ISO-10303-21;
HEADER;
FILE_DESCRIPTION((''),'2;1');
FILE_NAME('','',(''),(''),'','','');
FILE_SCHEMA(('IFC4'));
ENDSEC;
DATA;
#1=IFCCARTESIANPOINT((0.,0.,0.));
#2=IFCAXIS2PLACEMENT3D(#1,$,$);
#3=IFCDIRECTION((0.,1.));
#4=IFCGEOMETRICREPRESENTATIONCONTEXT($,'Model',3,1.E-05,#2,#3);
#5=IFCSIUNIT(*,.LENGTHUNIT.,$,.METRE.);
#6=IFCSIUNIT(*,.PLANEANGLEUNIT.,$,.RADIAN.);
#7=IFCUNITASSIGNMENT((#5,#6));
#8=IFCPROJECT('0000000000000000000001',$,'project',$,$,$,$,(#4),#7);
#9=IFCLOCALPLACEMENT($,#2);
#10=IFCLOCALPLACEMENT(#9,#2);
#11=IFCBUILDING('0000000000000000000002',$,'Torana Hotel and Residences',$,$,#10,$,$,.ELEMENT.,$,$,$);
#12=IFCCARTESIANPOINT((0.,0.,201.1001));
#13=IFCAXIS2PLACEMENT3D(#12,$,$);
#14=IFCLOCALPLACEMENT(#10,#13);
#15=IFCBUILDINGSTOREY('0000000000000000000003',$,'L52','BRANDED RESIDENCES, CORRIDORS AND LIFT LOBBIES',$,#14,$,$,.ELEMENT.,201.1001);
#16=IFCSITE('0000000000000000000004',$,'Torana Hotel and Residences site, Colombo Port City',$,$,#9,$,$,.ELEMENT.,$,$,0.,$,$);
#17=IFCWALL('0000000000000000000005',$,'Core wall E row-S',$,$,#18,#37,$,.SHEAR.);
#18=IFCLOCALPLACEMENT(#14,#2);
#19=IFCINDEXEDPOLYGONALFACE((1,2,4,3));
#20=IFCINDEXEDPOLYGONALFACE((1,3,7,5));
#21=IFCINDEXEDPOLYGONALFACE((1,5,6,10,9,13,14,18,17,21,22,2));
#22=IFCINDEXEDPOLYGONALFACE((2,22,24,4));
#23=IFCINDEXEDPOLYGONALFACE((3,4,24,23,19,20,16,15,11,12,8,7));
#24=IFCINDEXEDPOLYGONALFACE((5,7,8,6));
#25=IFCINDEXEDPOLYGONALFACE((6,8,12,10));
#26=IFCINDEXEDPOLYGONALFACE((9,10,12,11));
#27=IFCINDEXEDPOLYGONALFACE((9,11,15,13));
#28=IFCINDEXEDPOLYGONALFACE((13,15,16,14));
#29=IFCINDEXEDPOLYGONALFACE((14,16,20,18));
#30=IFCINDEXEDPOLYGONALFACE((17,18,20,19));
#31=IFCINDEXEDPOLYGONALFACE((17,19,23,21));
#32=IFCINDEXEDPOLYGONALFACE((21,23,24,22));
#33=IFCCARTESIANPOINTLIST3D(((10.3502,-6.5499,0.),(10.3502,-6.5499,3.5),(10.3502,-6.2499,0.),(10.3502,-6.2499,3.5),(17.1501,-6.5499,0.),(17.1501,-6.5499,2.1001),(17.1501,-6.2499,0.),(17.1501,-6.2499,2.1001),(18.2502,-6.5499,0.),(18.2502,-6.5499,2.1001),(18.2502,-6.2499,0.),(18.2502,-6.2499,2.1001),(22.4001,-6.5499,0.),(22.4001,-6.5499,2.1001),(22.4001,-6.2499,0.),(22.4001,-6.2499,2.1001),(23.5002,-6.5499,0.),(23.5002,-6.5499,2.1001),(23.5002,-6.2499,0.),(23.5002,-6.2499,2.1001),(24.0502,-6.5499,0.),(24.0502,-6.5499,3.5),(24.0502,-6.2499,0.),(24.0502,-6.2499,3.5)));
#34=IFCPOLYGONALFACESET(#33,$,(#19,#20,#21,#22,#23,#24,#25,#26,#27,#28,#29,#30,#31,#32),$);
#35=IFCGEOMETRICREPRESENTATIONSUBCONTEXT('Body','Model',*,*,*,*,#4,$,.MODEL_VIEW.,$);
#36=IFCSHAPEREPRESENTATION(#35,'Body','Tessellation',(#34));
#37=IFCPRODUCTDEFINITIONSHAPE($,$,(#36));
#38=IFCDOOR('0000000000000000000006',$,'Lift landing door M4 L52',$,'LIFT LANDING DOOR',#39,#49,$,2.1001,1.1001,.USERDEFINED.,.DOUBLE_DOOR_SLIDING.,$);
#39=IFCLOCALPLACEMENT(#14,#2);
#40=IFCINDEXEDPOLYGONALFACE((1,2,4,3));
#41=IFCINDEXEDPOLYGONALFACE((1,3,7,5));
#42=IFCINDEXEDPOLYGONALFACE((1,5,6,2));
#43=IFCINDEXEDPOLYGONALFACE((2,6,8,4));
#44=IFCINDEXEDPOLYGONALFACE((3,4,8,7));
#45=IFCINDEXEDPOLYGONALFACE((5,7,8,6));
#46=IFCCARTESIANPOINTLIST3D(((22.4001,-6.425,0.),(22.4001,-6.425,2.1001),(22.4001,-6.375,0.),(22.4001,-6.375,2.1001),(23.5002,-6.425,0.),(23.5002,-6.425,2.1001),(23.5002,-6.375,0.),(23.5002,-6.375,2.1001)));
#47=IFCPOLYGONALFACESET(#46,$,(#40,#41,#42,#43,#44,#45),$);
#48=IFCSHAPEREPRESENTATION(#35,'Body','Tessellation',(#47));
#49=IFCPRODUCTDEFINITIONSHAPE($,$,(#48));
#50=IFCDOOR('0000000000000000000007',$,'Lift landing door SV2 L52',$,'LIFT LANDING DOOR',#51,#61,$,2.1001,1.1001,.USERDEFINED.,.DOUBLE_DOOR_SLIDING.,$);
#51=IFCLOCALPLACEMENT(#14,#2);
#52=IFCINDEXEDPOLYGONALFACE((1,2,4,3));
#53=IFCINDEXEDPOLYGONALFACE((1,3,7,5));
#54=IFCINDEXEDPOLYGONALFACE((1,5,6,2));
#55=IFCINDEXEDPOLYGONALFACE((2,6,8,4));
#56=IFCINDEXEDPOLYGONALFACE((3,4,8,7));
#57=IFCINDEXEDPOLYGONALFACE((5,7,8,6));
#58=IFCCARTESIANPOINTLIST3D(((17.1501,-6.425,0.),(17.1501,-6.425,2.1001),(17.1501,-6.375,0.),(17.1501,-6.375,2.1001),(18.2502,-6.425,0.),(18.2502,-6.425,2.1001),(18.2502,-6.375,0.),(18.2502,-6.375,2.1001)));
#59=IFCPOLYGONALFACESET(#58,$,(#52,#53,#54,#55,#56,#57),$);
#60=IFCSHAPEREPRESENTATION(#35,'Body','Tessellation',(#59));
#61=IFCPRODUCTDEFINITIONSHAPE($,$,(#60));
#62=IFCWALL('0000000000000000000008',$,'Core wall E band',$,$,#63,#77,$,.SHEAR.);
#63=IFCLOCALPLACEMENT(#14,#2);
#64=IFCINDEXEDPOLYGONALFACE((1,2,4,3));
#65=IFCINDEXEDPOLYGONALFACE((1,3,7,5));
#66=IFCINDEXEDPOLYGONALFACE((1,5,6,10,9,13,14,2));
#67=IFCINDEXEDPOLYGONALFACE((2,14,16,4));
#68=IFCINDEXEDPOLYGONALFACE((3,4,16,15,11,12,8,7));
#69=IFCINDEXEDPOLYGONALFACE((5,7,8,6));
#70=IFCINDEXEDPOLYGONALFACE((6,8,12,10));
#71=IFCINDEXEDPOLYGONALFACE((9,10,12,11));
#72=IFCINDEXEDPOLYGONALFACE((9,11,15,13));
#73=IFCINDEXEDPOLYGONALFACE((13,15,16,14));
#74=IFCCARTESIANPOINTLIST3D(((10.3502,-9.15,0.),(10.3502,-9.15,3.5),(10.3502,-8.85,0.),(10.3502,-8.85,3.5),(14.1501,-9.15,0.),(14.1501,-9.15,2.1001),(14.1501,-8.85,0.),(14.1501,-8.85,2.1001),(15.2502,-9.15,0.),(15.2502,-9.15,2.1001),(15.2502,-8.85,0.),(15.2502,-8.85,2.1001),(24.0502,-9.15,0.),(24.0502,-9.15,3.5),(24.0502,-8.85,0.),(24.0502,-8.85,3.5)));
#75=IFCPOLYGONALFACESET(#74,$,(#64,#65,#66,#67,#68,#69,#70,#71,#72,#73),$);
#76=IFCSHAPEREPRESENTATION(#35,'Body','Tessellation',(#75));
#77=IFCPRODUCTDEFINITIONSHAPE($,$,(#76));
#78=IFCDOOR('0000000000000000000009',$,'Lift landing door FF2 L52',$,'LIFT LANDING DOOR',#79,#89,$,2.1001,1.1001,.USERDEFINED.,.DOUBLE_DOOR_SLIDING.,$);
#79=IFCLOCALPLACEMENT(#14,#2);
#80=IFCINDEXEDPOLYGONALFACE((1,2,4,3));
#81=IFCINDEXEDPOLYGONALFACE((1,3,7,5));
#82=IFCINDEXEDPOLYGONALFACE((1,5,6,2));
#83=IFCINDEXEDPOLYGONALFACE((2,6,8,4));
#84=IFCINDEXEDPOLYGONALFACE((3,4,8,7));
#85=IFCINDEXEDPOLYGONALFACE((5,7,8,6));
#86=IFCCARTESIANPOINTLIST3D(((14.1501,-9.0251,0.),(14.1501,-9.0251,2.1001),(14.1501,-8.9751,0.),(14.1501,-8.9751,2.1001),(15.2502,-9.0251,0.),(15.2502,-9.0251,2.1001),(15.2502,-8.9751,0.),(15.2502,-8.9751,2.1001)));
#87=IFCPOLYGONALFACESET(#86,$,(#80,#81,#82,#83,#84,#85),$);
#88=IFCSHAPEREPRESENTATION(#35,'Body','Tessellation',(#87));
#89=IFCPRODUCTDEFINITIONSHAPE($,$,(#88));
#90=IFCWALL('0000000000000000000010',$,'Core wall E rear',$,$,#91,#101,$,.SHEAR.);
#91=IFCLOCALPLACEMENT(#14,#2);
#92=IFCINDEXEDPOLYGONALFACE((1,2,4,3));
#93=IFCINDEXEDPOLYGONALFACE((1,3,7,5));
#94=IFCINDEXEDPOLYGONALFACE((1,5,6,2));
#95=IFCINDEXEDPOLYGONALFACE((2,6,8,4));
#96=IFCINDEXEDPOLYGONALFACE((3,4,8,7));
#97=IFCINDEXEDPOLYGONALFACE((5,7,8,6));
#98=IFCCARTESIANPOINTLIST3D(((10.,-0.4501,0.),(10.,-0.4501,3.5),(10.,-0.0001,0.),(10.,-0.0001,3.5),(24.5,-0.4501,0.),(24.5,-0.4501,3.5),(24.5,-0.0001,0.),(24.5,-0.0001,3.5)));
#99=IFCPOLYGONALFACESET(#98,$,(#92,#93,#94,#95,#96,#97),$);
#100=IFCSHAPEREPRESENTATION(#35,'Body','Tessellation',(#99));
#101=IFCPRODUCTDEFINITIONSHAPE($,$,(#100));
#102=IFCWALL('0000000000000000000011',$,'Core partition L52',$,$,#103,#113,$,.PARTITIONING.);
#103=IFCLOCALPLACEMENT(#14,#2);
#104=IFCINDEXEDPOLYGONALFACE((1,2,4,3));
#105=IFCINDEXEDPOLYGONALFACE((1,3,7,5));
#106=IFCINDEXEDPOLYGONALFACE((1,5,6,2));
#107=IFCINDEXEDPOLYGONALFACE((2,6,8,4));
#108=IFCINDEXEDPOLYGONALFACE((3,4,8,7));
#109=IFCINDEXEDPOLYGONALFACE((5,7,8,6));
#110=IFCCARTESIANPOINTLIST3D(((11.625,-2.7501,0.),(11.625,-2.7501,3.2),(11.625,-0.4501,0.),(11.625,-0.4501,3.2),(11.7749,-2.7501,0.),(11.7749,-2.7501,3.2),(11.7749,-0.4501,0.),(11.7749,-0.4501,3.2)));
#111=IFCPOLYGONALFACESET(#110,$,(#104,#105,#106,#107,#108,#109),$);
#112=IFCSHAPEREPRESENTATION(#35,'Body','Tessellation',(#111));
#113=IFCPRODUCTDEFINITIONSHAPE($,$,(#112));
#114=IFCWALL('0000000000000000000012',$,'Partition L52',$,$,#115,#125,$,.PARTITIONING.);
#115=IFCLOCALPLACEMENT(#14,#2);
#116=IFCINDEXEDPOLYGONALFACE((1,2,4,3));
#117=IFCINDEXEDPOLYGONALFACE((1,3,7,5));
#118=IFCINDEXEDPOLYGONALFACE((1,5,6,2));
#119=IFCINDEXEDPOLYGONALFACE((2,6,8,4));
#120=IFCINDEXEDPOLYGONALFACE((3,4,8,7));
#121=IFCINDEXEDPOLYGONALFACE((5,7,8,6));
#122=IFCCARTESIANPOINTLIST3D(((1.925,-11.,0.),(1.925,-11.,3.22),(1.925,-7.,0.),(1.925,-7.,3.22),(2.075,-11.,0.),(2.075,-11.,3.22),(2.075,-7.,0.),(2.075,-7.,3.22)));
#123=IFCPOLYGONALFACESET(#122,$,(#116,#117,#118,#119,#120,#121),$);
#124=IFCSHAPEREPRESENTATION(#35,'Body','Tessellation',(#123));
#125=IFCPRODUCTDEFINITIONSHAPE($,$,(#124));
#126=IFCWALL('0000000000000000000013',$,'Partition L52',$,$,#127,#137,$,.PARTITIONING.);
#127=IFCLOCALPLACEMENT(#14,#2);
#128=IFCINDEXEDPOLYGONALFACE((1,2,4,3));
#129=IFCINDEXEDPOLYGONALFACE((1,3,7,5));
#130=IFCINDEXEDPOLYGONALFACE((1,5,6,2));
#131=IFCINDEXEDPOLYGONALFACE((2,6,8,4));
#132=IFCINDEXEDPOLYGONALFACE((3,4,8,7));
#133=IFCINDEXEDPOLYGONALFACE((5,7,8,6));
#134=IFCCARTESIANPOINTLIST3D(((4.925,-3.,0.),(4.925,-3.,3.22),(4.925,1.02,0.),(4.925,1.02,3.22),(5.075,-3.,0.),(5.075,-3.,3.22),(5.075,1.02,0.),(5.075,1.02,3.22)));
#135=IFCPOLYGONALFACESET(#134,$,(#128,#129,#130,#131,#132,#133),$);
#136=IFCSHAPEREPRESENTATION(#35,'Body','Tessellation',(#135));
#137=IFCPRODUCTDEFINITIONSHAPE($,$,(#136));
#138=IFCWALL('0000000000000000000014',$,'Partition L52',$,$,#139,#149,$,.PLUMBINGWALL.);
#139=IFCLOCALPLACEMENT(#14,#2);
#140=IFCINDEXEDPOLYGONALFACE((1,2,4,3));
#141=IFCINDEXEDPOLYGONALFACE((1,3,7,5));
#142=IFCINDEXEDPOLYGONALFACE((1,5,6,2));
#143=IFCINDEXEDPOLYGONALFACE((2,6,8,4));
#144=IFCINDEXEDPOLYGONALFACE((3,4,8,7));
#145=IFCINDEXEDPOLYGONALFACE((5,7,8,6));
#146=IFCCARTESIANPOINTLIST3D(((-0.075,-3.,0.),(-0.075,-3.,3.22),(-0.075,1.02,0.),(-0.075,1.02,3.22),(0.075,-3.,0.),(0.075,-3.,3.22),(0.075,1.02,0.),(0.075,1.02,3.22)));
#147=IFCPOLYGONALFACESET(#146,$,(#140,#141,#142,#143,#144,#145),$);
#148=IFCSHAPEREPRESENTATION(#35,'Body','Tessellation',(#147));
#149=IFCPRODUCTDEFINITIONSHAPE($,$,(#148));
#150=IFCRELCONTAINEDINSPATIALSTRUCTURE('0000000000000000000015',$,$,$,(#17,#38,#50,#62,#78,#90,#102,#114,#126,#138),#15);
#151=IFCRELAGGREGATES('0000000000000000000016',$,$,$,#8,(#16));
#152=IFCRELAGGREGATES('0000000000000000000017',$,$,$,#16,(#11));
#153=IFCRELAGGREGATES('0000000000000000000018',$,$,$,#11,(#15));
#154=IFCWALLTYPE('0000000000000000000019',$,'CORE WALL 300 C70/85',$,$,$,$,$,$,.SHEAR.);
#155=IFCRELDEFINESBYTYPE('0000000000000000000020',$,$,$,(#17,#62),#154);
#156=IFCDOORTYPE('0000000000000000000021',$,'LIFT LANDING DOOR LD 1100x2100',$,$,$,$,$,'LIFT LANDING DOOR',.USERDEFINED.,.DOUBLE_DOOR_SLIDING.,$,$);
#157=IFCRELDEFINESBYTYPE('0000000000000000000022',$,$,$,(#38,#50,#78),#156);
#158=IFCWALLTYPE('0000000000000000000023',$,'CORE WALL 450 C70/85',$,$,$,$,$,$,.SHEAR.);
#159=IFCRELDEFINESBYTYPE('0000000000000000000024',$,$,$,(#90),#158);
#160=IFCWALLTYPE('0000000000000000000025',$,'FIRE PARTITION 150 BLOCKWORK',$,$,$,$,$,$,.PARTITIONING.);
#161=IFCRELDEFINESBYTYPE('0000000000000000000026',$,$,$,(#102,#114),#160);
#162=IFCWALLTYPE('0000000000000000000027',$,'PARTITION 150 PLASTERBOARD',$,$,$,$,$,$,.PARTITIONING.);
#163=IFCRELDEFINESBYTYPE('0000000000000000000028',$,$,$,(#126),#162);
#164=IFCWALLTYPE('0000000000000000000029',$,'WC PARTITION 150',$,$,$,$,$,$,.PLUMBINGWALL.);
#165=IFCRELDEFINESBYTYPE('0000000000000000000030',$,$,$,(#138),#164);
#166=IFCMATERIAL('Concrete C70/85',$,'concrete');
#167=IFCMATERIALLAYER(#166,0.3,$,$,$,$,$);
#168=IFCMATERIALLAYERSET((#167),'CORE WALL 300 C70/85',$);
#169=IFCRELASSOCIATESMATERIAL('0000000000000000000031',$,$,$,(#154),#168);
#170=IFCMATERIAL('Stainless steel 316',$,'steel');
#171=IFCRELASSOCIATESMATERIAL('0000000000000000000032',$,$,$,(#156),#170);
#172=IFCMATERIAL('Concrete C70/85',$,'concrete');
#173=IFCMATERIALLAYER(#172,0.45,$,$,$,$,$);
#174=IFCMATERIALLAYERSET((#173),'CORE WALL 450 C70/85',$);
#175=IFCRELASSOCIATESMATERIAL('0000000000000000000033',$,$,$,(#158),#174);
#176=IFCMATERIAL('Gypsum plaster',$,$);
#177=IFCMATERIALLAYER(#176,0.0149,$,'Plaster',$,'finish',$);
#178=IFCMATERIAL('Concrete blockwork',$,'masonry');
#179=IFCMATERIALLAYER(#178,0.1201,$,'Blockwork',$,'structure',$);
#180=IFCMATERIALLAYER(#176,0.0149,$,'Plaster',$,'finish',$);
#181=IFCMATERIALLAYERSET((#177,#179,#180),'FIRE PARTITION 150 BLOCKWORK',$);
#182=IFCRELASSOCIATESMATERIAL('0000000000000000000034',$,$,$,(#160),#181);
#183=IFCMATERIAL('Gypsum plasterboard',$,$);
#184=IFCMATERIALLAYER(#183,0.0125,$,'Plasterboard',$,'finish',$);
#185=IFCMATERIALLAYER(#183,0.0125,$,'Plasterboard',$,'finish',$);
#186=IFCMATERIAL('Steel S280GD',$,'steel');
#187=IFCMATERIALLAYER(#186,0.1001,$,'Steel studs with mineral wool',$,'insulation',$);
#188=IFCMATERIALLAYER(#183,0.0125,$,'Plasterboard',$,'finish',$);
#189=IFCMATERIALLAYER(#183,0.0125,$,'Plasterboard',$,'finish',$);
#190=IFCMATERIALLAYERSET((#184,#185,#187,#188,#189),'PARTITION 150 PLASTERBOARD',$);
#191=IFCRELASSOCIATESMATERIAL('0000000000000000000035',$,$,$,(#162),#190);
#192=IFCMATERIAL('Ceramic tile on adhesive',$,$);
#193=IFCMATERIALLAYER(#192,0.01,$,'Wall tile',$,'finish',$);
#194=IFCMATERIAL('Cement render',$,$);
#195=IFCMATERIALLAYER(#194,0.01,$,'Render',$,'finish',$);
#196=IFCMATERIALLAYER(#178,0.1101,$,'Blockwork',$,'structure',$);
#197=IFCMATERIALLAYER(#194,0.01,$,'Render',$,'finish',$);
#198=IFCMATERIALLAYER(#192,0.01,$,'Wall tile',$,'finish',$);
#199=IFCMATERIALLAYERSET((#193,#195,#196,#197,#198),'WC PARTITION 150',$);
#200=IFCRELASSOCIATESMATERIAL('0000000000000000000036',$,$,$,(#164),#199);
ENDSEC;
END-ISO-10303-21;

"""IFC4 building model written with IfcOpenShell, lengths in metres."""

from ifc_helpers import new_model, si_unit, direction, frame, frame_2d, origin, place, context, subcontext, project, spatial, rectangle, extrude, material, layer, layer_set, type_object, element, fill, save


model = new_model("IFC4")

# Units and contexts
model_context = context("Model", 3, precision=1e-05, world=origin(), true_north=direction((0.0, 1.0)))
body_context = subcontext(model_context, "Body", "Model", "MODEL_VIEW")
ifc_project = project(units=[si_unit("LENGTHUNIT", "METRE"), si_unit("PLANEANGLEUNIT", "RADIAN")], contexts=[model_context])

# Site, building, storey
site_placement = place(None, origin())
site = spatial("IfcSite", under=ifc_project, at=site_placement, Name="Torana Hotel and Residences site, Colombo Port City", CompositionType="ELEMENT", RefElevation=0.0)
building_placement = place(site_placement, origin())
building = spatial("IfcBuilding", under=site, at=building_placement, Name="Torana Hotel and Residences", CompositionType="ELEMENT")
storey_placement = place(building_placement, frame((0.0, 0.0, 201.1001)))
storey = spatial("IfcBuildingStorey", under=building, at=storey_placement, Name="L52", Description="BRANDED RESIDENCES, CORRIDORS AND LIFT LOBBIES", CompositionType="ELEMENT", Elevation=201.1001)

# Wall, openings, doors
ifc_material_1 = material(Name="Concrete C70/85", Category="concrete")
ifc_layer_1 = layer(ifc_material_1, 0.3)
ifc_layer_set_1 = layer_set([ifc_layer_1], Name="CORE WALL 300 C70/85")
wall_type_1 = type_object("IfcWallType", Name="CORE WALL 300 C70/85", PredefinedType="SHEAR", material=ifc_layer_set_1)
ifc_material_2 = material(Name="Stainless steel 316", Category="steel")
door_type_1 = type_object("IfcDoorType", Name="LIFT LANDING DOOR LD 1100x2100", ElementType="LIFT LANDING DOOR", OperationType="DOUBLE_DOOR_SLIDING", PredefinedType="USERDEFINED", material=ifc_material_2)
wall_1_placement = place(storey_placement, frame((10.3501, -6.3999, 0.0), z_axis=(0.0, 0.0, 1.0), x_axis=(1.0, 0.0, 0.0)))
wall_1 = element("IfcWall", 1, at=wall_1_placement, inside=storey, type_object=wall_type_1, Name="Core wall E row-S", PredefinedType="SHEAR", context=body_context, shape_type="SweptSolid", body=[
    extrude(rectangle(XDim=13.7, YDim=0.3, at=frame_2d((6.8501, 0.0))), origin(), (0.0, 0.0, 1.0), 3.5),
])
opening_1_placement = place(wall_1_placement, frame((12.05, 0.0, 0.0)))
opening_1 = element("IfcOpeningElement", 2, at=opening_1_placement, cuts=wall_1, PredefinedType="OPENING", context=body_context, shape_type="SweptSolid", body=[
    extrude(rectangle(XDim=1.1001, YDim=2.1001, at=frame_2d((0.55, 1.05))), frame((0.0, 0.1599, 0.0), z_axis=(0.0, -1.0, 0.0), x_axis=(1.0, 0.0, 0.0)), (0.0, 0.0, 1.0), 0.3201),
])
opening_2_placement = place(wall_1_placement, frame((6.8, 0.0, 0.0)))
opening_2 = element("IfcOpeningElement", 3, at=opening_2_placement, cuts=wall_1, PredefinedType="OPENING", context=body_context, shape_type="SweptSolid", body=[
    extrude(rectangle(XDim=1.1001, YDim=2.1001, at=frame_2d((0.55, 1.05))), frame((0.0, 0.1599, 0.0), z_axis=(0.0, -1.0, 0.0), x_axis=(1.0, 0.0, 0.0)), (0.0, 0.0, 1.0), 0.3201),
])
door_1_placement = place(opening_1_placement, origin())
door_1 = element("IfcDoor", 4, at=door_1_placement, inside=storey, type_object=door_type_1, Name="Lift landing door M4 L52", ObjectType="LIFT LANDING DOOR", OperationType="DOUBLE_DOOR_SLIDING", OverallHeight=2.1001, OverallWidth=1.1001, PredefinedType="USERDEFINED", context=body_context, shape_type="SweptSolid", body=[
    extrude(rectangle(XDim=1.1001, YDim=2.1001, at=frame_2d((0.55, 1.05))), frame((0.0, 0.0249, 0.0), z_axis=(0.0, -1.0, 0.0), x_axis=(1.0, 0.0, 0.0)), (0.0, 0.0, 1.0), 0.05),
])
fill(opening_1, door_1)
door_2_placement = place(opening_2_placement, origin())
door_2 = element("IfcDoor", 5, at=door_2_placement, inside=storey, type_object=door_type_1, Name="Lift landing door SV2 L52", ObjectType="LIFT LANDING DOOR", OperationType="DOUBLE_DOOR_SLIDING", OverallHeight=2.1001, OverallWidth=1.1001, PredefinedType="USERDEFINED", context=body_context, shape_type="SweptSolid", body=[
    extrude(rectangle(XDim=1.1001, YDim=2.1001, at=frame_2d((0.55, 1.05))), frame((0.0, 0.0249, 0.0), z_axis=(0.0, -1.0, 0.0), x_axis=(1.0, 0.0, 0.0)), (0.0, 0.0, 1.0), 0.05),
])
fill(opening_2, door_2)

# Wall, opening, door
wall_2_placement = place(storey_placement, frame((10.3501, -9.0, 0.0), z_axis=(0.0, 0.0, 1.0), x_axis=(1.0, 0.0, 0.0)))
wall_2 = element("IfcWall", 6, at=wall_2_placement, inside=storey, type_object=wall_type_1, Name="Core wall E band", PredefinedType="SHEAR", context=body_context, shape_type="SweptSolid", body=[
    extrude(rectangle(XDim=13.7, YDim=0.3, at=frame_2d((6.8501, 0.0))), origin(), (0.0, 0.0, 1.0), 3.5),
])
opening_3_placement = place(wall_2_placement, frame((3.8, 0.0, 0.0)))
opening_3 = element("IfcOpeningElement", 7, at=opening_3_placement, cuts=wall_2, PredefinedType="OPENING", context=body_context, shape_type="SweptSolid", body=[
    extrude(rectangle(XDim=1.1001, YDim=2.1001, at=frame_2d((0.55, 1.05))), frame((0.0, 0.1599, 0.0), z_axis=(0.0, -1.0, 0.0), x_axis=(1.0, 0.0, 0.0)), (0.0, 0.0, 1.0), 0.3201),
])
door_3_placement = place(opening_3_placement, origin())
door_3 = element("IfcDoor", 8, at=door_3_placement, inside=storey, type_object=door_type_1, Name="Lift landing door FF2 L52", ObjectType="LIFT LANDING DOOR", OperationType="DOUBLE_DOOR_SLIDING", OverallHeight=2.1001, OverallWidth=1.1001, PredefinedType="USERDEFINED", context=body_context, shape_type="SweptSolid", body=[
    extrude(rectangle(XDim=1.1001, YDim=2.1001, at=frame_2d((0.55, 1.05))), frame((0.0, 0.0249, 0.0), z_axis=(0.0, -1.0, 0.0), x_axis=(1.0, 0.0, 0.0)), (0.0, 0.0, 1.0), 0.05),
])
fill(opening_3, door_3)

# Walls
ifc_material_3 = material(Name="Concrete C70/85", Category="concrete")
ifc_layer_2 = layer(ifc_material_3, 0.45)
ifc_layer_set_2 = layer_set([ifc_layer_2], Name="CORE WALL 450 C70/85")
wall_type_2 = type_object("IfcWallType", Name="CORE WALL 450 C70/85", PredefinedType="SHEAR", material=ifc_layer_set_2)
wall_3_placement = place(storey_placement, frame((10.0, -0.2251, 0.0), z_axis=(0.0, 0.0, 1.0), x_axis=(1.0, 0.0, 0.0)))
element("IfcWall", 9, at=wall_3_placement, inside=storey, type_object=wall_type_2, Name="Core wall E rear", PredefinedType="SHEAR", context=body_context, shape_type="SweptSolid", body=[
    extrude(rectangle(XDim=14.5, YDim=0.45, at=frame_2d((7.25, 0.0))), origin(), (0.0, 0.0, 1.0), 3.5),
])
ifc_material_4 = material(Name="Gypsum plaster")
ifc_layer_3 = layer(ifc_material_4, 0.0149, Name="Plaster", Category="finish")
ifc_material_5 = material(Name="Concrete blockwork", Category="masonry")
ifc_layer_4 = layer(ifc_material_5, 0.1201, Name="Blockwork", Category="structure")
ifc_layer_5 = layer(ifc_material_4, 0.0149, Name="Plaster", Category="finish")
ifc_layer_set_3 = layer_set([ifc_layer_3, ifc_layer_4, ifc_layer_5], Name="FIRE PARTITION 150 BLOCKWORK")
wall_type_3 = type_object("IfcWallType", Name="FIRE PARTITION 150 BLOCKWORK", PredefinedType="PARTITIONING", material=ifc_layer_set_3)
wall_4_placement = place(storey_placement, frame((11.7, -2.75, 0.0), z_axis=(0.0, 0.0, 1.0), x_axis=(0.0, 1.0, 0.0)))
element("IfcWall", 10, at=wall_4_placement, inside=storey, type_object=wall_type_3, Name="Core partition L52", PredefinedType="PARTITIONING", context=body_context, shape_type="SweptSolid", body=[
    extrude(rectangle(XDim=2.3, YDim=0.1499, at=frame_2d((1.1499, 0.0))), origin(), (0.0, 0.0, 1.0), 3.2),
])
wall_5_placement = place(storey_placement, frame((2.0, -11.0, 0.0), z_axis=(0.0, 0.0, 1.0), x_axis=(0.0, 1.0, 0.0)))
element("IfcWall", 11, at=wall_5_placement, inside=storey, type_object=wall_type_3, Name="Partition L52", PredefinedType="PARTITIONING", context=body_context, shape_type="SweptSolid", body=[
    extrude(rectangle(XDim=4.0, YDim=0.1499, at=frame_2d((2.0, 0.0))), origin(), (0.0, 0.0, 1.0), 3.22),
])
ifc_material_6 = material(Name="Gypsum plasterboard")
ifc_layer_6 = layer(ifc_material_6, 0.0125, Name="Plasterboard", Category="finish")
ifc_layer_7 = layer(ifc_material_6, 0.0125, Name="Plasterboard", Category="finish")
ifc_material_7 = material(Name="Steel S280GD", Category="steel")
ifc_layer_8 = layer(ifc_material_7, 0.1001, Name="Steel studs with mineral wool", Category="insulation")
ifc_layer_9 = layer(ifc_material_6, 0.0125, Name="Plasterboard", Category="finish")
ifc_layer_10 = layer(ifc_material_6, 0.0125, Name="Plasterboard", Category="finish")
ifc_layer_set_4 = layer_set([ifc_layer_6, ifc_layer_7, ifc_layer_8, ifc_layer_9, ifc_layer_10], Name="PARTITION 150 PLASTERBOARD")
wall_type_4 = type_object("IfcWallType", Name="PARTITION 150 PLASTERBOARD", PredefinedType="PARTITIONING", material=ifc_layer_set_4)
wall_6_placement = place(storey_placement, frame((5.0, -3.0, 0.0), z_axis=(0.0, 0.0, 1.0), x_axis=(0.0, 1.0, 0.0)))
element("IfcWall", 12, at=wall_6_placement, inside=storey, type_object=wall_type_4, Name="Partition L52", PredefinedType="PARTITIONING", context=body_context, shape_type="SweptSolid", body=[
    extrude(rectangle(XDim=4.02, YDim=0.1499, at=frame_2d((2.01, 0.0))), origin(), (0.0, 0.0, 1.0), 3.22),
])
ifc_material_8 = material(Name="Ceramic tile on adhesive")
ifc_layer_11 = layer(ifc_material_8, 0.01, Name="Wall tile", Category="finish")
ifc_material_9 = material(Name="Cement render")
ifc_layer_12 = layer(ifc_material_9, 0.01, Name="Render", Category="finish")
ifc_layer_13 = layer(ifc_material_5, 0.1101, Name="Blockwork", Category="structure")
ifc_layer_14 = layer(ifc_material_9, 0.01, Name="Render", Category="finish")
ifc_layer_15 = layer(ifc_material_8, 0.01, Name="Wall tile", Category="finish")
ifc_layer_set_5 = layer_set([ifc_layer_11, ifc_layer_12, ifc_layer_13, ifc_layer_14, ifc_layer_15], Name="WC PARTITION 150")
wall_type_5 = type_object("IfcWallType", Name="WC PARTITION 150", PredefinedType="PLUMBINGWALL", material=ifc_layer_set_5)
wall_7_placement = place(storey_placement, frame((0.0, -3.0, 0.0), z_axis=(0.0, 0.0, 1.0), x_axis=(0.0, 1.0, 0.0)))
element("IfcWall", 13, at=wall_7_placement, inside=storey, type_object=wall_type_5, Name="Partition L52", PredefinedType="PLUMBINGWALL", context=body_context, shape_type="SweptSolid", body=[
    extrude(rectangle(XDim=4.02, YDim=0.1499, at=frame_2d((2.01, 0.0))), origin(), (0.0, 0.0, 1.0), 3.22),
])

save(model, "model.ifc")
